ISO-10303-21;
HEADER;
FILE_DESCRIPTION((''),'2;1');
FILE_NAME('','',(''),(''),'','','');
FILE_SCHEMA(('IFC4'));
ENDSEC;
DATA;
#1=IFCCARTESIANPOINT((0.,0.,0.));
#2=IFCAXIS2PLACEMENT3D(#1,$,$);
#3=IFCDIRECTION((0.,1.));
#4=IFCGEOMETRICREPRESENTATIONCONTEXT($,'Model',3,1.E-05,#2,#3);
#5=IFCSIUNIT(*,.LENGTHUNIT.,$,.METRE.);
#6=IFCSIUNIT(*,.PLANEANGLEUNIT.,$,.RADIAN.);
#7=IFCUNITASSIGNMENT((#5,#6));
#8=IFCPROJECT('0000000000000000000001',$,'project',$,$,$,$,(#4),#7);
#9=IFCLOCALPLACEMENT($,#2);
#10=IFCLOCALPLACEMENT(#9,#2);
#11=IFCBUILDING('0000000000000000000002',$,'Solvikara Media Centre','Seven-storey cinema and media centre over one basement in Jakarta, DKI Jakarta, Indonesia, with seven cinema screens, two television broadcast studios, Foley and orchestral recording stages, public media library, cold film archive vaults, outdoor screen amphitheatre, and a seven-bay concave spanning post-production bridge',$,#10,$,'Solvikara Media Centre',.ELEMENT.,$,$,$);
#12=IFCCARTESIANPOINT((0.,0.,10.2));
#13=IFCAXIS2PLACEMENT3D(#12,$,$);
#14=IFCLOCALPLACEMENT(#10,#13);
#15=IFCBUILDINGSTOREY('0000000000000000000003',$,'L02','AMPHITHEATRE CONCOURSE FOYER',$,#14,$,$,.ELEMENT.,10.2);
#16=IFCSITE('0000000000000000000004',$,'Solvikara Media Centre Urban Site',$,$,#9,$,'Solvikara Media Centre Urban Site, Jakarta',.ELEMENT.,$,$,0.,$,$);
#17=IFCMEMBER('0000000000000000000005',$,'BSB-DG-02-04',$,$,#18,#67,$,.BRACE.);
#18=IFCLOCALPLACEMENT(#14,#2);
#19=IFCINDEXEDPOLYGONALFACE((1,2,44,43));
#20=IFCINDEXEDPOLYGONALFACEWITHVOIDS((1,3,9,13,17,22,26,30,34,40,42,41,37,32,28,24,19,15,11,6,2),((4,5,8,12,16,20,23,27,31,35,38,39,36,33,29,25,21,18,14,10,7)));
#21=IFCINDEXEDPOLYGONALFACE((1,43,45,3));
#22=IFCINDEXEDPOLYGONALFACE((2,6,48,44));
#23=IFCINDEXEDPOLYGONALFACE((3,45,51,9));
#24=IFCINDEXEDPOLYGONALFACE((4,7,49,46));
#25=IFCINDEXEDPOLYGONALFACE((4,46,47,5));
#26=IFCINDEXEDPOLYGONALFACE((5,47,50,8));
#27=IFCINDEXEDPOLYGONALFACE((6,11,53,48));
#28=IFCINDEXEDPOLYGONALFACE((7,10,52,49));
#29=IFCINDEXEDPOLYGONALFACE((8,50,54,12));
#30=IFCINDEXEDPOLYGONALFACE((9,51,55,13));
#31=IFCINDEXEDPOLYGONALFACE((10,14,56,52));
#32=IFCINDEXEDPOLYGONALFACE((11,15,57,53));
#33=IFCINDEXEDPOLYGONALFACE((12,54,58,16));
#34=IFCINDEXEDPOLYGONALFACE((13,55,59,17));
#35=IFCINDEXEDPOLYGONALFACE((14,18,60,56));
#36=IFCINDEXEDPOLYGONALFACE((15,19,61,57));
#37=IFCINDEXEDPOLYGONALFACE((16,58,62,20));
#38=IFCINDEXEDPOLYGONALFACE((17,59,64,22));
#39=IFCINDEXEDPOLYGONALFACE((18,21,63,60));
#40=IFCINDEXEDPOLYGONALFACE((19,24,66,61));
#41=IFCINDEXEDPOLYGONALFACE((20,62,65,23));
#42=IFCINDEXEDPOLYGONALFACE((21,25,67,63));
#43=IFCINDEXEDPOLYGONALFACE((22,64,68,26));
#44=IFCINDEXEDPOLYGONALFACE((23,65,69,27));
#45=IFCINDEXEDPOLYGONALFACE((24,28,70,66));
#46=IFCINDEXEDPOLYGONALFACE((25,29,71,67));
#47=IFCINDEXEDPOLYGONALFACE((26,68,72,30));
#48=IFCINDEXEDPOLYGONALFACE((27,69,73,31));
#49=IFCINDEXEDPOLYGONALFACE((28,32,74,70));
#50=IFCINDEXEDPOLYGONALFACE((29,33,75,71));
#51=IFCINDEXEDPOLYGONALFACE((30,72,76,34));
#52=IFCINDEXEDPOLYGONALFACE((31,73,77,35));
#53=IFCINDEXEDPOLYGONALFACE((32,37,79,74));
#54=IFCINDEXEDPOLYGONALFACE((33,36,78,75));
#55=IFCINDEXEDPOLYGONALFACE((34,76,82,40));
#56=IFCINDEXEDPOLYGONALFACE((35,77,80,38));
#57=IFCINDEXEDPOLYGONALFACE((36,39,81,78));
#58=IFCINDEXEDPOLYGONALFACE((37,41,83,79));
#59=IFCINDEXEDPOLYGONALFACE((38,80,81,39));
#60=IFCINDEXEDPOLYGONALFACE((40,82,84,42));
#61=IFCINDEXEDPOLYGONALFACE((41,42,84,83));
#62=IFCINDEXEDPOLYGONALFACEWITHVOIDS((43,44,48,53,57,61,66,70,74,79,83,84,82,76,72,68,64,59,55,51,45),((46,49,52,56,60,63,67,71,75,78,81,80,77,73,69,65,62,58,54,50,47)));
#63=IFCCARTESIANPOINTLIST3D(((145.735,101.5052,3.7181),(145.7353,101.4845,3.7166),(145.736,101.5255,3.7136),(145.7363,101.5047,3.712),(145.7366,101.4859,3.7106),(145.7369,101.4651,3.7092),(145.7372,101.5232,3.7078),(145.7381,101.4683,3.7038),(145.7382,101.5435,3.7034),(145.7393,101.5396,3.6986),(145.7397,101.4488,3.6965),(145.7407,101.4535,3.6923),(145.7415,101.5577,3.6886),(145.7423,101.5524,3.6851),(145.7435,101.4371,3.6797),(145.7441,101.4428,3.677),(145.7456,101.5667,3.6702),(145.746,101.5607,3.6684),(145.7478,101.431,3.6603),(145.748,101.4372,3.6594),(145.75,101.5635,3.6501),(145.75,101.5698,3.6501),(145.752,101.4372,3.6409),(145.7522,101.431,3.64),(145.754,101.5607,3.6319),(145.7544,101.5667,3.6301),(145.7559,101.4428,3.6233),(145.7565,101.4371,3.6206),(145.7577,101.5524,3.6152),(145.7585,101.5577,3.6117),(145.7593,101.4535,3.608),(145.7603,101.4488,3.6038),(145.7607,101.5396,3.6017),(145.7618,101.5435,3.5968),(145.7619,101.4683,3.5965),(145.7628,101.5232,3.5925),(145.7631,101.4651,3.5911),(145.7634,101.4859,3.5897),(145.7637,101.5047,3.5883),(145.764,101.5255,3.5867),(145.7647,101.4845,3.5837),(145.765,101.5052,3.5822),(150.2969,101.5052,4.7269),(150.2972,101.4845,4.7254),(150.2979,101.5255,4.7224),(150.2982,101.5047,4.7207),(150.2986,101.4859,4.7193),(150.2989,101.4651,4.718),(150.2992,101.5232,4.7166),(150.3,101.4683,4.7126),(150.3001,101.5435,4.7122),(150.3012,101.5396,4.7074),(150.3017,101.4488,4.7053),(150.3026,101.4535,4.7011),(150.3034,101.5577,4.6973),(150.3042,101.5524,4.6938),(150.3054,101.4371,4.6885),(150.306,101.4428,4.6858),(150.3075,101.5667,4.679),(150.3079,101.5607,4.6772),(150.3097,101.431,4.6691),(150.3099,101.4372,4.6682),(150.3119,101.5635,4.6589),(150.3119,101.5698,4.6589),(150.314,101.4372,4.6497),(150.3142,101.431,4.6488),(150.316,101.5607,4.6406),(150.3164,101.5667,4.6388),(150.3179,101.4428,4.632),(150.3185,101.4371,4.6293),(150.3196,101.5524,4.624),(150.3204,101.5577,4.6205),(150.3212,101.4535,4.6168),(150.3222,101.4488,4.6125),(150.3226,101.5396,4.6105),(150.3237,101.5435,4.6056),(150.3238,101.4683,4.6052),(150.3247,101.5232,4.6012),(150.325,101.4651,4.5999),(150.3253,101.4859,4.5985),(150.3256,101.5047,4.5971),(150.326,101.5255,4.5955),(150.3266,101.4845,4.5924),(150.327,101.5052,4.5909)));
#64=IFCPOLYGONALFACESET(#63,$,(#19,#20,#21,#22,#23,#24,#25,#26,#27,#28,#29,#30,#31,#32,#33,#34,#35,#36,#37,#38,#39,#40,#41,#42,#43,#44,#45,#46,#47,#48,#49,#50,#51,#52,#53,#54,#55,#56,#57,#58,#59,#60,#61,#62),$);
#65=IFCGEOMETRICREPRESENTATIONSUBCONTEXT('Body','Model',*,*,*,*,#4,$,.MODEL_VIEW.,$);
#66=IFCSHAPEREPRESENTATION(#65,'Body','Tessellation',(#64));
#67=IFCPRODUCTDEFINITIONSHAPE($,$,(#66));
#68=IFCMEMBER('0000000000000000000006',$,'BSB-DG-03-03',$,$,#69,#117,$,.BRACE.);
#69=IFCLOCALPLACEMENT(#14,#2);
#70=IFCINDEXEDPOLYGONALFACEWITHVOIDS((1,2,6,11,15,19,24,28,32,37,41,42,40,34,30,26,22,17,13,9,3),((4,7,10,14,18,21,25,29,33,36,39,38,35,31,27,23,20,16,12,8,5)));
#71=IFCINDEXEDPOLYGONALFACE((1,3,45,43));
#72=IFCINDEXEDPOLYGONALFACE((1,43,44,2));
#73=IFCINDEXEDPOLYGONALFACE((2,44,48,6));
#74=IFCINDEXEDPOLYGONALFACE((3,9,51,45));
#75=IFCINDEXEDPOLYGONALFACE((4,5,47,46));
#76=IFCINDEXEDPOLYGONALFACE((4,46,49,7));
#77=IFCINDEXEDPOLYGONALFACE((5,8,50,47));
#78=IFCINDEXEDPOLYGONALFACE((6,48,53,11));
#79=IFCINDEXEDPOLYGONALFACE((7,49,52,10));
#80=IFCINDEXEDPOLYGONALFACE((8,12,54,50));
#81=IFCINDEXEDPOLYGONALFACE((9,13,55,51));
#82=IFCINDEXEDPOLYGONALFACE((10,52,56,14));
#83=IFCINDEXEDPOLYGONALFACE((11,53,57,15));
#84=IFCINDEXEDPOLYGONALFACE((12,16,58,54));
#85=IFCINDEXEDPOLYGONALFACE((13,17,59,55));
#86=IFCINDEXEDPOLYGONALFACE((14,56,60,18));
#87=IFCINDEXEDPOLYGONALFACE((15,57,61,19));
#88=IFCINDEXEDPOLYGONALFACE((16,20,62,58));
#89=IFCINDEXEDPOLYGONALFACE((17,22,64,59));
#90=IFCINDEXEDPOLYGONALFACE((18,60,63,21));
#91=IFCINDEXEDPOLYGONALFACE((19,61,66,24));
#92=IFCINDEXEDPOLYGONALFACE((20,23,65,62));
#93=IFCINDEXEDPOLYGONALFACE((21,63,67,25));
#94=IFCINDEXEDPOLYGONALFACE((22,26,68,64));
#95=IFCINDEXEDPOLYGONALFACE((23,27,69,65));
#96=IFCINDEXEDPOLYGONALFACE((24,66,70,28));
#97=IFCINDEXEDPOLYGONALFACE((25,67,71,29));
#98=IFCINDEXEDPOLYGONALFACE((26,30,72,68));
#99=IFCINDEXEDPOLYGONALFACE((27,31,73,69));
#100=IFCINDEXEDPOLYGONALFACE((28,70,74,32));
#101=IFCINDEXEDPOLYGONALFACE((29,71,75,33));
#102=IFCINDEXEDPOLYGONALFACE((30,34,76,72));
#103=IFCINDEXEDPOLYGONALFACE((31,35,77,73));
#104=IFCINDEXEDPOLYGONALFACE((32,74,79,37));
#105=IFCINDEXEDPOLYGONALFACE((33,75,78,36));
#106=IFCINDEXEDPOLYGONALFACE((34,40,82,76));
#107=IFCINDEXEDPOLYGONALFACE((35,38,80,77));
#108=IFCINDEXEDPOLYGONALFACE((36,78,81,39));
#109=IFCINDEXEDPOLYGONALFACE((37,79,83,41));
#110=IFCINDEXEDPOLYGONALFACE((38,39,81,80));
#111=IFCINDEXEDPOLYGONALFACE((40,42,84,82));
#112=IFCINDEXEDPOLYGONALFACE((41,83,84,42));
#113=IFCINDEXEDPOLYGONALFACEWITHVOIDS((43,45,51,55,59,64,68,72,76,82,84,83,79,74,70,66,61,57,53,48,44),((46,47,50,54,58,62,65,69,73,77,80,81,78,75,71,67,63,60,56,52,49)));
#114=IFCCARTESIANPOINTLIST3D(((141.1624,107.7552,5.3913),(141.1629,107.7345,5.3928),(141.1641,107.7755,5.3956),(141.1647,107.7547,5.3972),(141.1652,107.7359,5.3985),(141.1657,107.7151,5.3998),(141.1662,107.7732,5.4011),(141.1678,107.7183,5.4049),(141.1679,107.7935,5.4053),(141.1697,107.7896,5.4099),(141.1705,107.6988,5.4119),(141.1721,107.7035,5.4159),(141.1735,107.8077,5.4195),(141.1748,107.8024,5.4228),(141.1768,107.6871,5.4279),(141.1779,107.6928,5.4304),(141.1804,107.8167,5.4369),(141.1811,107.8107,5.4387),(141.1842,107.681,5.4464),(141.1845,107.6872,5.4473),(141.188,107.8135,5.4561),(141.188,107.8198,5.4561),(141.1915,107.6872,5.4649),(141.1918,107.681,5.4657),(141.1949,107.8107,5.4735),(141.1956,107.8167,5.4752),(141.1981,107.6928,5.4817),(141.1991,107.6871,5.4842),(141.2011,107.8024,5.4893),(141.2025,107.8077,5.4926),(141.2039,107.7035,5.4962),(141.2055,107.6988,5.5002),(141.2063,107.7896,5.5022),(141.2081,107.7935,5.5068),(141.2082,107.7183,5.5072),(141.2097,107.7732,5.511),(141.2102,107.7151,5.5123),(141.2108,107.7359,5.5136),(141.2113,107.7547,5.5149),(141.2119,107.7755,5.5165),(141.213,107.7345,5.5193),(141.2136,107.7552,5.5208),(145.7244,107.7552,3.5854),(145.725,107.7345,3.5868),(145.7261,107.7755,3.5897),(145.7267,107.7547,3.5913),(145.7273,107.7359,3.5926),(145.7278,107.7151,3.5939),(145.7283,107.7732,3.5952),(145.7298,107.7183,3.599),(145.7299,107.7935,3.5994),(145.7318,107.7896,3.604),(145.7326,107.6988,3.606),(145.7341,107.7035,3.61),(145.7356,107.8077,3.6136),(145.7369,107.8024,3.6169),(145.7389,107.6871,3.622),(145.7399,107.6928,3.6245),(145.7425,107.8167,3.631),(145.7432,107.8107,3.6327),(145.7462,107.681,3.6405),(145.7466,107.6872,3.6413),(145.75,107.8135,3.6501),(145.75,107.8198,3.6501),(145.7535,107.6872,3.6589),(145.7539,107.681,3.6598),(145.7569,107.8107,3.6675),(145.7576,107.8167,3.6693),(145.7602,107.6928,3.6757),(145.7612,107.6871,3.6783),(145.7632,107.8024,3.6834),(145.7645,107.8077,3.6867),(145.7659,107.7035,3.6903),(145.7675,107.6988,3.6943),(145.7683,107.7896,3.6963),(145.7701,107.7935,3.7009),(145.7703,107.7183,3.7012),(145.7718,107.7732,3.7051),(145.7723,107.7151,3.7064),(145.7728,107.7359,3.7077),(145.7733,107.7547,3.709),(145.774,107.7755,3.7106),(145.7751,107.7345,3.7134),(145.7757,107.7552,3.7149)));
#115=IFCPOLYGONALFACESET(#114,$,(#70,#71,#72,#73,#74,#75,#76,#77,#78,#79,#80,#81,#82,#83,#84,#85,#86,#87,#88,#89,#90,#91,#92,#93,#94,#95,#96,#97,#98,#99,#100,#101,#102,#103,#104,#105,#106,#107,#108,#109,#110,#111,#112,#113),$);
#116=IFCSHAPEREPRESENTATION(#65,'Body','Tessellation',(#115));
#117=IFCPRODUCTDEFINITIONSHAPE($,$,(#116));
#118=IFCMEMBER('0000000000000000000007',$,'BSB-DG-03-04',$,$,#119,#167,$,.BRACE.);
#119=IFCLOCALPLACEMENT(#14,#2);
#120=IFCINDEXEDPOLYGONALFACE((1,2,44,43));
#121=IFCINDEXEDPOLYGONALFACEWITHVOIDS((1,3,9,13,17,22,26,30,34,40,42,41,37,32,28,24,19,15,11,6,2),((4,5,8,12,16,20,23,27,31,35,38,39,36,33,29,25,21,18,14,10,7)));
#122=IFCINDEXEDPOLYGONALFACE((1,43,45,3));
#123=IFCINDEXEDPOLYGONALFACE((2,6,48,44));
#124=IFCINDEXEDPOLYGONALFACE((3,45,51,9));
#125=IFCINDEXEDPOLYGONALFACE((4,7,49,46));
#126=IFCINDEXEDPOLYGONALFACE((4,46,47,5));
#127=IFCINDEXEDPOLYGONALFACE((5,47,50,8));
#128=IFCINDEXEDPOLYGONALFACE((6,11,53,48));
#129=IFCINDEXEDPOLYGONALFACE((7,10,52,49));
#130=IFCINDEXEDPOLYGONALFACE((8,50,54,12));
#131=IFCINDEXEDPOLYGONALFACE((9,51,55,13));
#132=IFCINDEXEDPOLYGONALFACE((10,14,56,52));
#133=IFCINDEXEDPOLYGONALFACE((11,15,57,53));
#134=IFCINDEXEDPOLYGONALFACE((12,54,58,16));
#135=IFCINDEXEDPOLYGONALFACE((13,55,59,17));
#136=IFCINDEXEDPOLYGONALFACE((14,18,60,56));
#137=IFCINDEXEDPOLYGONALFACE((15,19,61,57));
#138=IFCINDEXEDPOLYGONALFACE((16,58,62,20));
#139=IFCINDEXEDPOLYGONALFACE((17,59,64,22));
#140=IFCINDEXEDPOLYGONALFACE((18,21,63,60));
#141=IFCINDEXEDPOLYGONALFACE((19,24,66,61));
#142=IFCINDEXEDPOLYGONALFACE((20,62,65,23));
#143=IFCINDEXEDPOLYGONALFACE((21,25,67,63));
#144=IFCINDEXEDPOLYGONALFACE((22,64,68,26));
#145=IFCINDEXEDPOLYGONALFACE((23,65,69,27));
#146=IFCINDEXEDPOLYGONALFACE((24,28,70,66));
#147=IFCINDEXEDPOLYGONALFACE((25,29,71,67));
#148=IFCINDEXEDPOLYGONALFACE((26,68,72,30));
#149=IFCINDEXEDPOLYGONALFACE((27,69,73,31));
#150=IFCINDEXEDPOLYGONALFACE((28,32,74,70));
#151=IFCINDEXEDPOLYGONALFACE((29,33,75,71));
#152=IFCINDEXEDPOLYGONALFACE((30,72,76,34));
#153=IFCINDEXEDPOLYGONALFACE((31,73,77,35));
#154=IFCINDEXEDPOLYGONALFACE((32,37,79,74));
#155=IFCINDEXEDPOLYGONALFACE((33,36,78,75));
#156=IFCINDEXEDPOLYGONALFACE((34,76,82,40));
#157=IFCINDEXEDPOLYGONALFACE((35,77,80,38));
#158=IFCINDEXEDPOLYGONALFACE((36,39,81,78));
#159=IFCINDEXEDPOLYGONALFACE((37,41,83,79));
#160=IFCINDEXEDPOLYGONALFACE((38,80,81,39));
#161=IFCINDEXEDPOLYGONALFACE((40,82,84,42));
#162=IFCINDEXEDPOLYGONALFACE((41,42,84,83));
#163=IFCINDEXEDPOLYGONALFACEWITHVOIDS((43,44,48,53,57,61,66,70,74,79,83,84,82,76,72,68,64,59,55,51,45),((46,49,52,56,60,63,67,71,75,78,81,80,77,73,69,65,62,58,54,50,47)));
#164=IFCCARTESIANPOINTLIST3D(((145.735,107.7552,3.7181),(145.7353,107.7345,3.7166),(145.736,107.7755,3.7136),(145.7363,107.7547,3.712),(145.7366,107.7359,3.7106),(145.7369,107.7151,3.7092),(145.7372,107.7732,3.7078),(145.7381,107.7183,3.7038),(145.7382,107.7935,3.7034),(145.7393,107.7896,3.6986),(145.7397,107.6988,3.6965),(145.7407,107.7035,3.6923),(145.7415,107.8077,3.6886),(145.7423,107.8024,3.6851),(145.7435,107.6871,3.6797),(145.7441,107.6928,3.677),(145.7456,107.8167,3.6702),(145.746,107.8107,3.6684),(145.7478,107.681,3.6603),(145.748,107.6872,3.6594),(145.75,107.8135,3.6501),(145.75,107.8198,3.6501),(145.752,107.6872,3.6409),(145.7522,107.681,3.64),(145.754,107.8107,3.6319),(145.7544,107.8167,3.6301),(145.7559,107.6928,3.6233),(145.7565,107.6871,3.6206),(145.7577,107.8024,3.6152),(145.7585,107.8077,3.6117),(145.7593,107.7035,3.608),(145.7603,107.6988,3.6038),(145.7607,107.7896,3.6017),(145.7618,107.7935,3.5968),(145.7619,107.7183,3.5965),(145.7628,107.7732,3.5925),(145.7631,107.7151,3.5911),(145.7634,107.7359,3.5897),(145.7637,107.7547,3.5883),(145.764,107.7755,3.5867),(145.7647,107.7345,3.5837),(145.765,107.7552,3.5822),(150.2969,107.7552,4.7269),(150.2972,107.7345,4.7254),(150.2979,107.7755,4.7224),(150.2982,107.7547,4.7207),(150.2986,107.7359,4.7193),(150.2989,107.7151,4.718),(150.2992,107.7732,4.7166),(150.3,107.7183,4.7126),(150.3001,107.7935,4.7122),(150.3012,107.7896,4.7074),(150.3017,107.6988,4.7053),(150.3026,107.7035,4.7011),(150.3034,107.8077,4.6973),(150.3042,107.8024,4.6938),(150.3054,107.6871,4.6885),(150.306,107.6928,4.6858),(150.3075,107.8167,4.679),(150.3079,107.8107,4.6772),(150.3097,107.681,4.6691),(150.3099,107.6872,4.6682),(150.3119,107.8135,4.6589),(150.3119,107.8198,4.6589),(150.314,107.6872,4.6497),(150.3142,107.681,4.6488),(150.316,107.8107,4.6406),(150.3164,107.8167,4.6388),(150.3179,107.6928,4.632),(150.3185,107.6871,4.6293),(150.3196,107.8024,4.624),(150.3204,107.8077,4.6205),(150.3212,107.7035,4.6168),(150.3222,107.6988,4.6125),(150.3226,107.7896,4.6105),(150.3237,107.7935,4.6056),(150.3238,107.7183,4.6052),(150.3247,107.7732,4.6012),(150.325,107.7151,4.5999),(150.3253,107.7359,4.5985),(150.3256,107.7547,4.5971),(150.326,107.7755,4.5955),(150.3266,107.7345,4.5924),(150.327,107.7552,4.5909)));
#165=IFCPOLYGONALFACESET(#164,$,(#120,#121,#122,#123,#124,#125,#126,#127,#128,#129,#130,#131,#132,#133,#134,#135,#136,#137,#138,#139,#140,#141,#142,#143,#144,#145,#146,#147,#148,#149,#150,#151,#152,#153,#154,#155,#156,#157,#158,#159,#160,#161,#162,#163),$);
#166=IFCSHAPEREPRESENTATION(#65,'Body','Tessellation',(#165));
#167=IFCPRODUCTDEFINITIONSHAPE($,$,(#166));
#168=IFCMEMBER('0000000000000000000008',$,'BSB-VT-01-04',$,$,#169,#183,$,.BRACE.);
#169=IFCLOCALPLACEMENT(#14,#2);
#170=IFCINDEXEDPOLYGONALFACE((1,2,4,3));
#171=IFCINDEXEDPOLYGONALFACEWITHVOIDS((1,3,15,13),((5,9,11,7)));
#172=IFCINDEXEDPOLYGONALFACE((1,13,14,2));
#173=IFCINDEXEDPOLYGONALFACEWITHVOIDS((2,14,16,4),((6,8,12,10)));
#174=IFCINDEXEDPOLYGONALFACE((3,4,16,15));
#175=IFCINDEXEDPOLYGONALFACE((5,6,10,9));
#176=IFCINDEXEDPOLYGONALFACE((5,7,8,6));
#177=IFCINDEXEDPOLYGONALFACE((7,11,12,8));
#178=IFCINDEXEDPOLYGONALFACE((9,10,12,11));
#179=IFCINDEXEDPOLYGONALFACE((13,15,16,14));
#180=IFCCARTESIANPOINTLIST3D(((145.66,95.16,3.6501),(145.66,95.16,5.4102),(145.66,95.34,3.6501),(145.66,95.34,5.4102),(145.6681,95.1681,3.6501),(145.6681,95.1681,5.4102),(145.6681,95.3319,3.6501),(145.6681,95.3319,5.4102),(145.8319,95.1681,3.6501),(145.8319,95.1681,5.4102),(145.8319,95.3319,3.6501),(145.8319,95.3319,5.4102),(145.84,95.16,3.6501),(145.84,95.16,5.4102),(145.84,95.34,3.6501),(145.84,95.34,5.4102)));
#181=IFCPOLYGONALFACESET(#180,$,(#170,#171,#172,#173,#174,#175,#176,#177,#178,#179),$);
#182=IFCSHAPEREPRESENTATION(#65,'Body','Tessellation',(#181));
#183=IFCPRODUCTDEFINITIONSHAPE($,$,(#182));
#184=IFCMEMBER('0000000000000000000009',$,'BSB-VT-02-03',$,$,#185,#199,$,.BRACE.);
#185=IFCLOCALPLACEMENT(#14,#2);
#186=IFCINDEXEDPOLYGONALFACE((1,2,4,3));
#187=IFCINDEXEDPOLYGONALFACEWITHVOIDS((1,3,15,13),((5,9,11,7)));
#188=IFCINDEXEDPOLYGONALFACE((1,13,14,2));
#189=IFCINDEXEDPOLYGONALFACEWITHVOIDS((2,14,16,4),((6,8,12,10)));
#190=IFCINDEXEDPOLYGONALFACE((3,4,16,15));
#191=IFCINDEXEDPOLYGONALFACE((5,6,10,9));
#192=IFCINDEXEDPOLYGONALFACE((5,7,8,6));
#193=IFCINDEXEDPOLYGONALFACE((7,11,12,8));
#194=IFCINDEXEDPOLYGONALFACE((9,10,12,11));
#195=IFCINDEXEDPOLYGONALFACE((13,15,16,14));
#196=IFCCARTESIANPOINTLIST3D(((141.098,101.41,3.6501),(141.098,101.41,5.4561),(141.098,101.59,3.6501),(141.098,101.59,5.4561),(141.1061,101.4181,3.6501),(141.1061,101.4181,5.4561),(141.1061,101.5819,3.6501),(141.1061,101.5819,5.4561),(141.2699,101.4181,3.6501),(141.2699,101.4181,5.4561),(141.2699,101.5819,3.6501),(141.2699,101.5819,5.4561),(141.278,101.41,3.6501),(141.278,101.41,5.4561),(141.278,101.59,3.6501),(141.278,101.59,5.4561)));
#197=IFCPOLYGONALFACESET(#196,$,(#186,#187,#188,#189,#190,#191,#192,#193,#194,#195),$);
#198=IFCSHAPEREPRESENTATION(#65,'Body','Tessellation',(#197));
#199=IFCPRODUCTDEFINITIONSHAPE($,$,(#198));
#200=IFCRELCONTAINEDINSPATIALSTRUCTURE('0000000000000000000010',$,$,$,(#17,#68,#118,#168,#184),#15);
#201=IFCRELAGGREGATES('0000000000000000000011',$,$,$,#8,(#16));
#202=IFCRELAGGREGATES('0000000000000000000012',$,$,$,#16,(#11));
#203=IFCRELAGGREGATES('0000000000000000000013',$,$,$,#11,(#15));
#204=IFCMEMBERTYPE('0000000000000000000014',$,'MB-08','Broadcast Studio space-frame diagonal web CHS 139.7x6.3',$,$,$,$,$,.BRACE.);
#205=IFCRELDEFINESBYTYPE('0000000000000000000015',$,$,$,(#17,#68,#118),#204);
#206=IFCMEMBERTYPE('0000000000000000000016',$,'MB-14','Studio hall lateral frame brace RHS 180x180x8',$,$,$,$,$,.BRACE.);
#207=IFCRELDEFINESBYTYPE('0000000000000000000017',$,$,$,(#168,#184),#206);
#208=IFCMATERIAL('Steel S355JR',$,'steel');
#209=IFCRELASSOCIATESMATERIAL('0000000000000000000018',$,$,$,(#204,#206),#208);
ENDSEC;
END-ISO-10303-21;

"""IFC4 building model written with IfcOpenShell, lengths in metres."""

from ifc_helpers import new_model, si_unit, direction, frame, origin, origin_2d, place, context, subcontext, project, spatial, hollow_rectangle, hollow_circle, extrude, material, material_profile, profile_set, type_object, element, save


model = new_model("IFC4")

# Units and contexts
model_context = context("Model", 3, precision=1e-05, world=origin(), true_north=direction((0.0, 1.0)))
body_context = subcontext(model_context, "Body", "Model", "MODEL_VIEW")
ifc_project = project(units=[si_unit("LENGTHUNIT", "METRE"), si_unit("PLANEANGLEUNIT", "RADIAN")], contexts=[model_context])

# Site, building, storey
site_placement = place(None, origin())
site = spatial("IfcSite", under=ifc_project, at=site_placement, Name="Solvikara Media Centre Urban Site", LongName="Solvikara Media Centre Urban Site, Jakarta", CompositionType="ELEMENT", RefElevation=0.0)
building_placement = place(site_placement, origin())
building = spatial("IfcBuilding", under=site, at=building_placement, Name="Solvikara Media Centre", Description="Seven-storey cinema and media centre over one basement in Jakarta, DKI Jakarta, Indonesia, with seven cinema screens, two television broadcast studios, Foley and orchestral recording stages, public media library, cold film archive vaults, outdoor screen amphitheatre, and a seven-bay concave spanning post-production bridge", LongName="Solvikara Media Centre", CompositionType="ELEMENT")
storey_placement = place(building_placement, frame((0.0, 0.0, 10.2)))
storey = spatial("IfcBuildingStorey", under=building, at=storey_placement, Name="L02", Description="AMPHITHEATRE CONCOURSE FOYER", CompositionType="ELEMENT", Elevation=10.2)

# Members
ifc_material_1 = material(Name="Steel S355JR", Category="steel")
ifc_material_profile_1 = material_profile(ifc_material_1, hollow_circle(Radius=0.0698, WallThickness=0.0063, at=origin_2d()), Name="CHS 139.7x6.3")
ifc_profile_set_1 = profile_set([ifc_material_profile_1], Name="Steel S355JR")
member_type_1 = type_object("IfcMemberType", Name="MB-08", Description="Broadcast Studio space-frame diagonal web CHS 139.7x6.3", PredefinedType="BRACE", material=ifc_profile_set_1)
member_1_placement = place(storey_placement, frame((145.75, 101.5, 3.6501), z_axis=(0.976413, 0.0, 0.215912), x_axis=(0.0, 1.0, 0.0)))
element("IfcMember", 1, at=member_1_placement, inside=storey, type_object=member_type_1, Name="BSB-DG-02-04", PredefinedType="BRACE", context=body_context, shape_type="SweptSolid", body=[
    extrude(hollow_circle(Radius=0.0698, WallThickness=0.0063, at=origin_2d()), origin(), (0.0, 0.0, 1.0), 4.6721),
])
member_2_placement = place(storey_placement, frame((141.188, 107.75, 5.4561), z_axis=(0.929799, 0.0, -0.368068), x_axis=(0.0, 1.0, 0.0)))
element("IfcMember", 2, at=member_2_placement, inside=storey, type_object=member_type_1, Name="BSB-DG-03-03", PredefinedType="BRACE", context=body_context, shape_type="SweptSolid", body=[
    extrude(hollow_circle(Radius=0.0698, WallThickness=0.0063, at=origin_2d()), origin(), (0.0, 0.0, 1.0), 4.9065),
])
member_3_placement = place(storey_placement, frame((145.75, 107.75, 3.6501), z_axis=(0.976413, 0.0, 0.215912), x_axis=(0.0, 1.0, 0.0)))
element("IfcMember", 3, at=member_3_placement, inside=storey, type_object=member_type_1, Name="BSB-DG-03-04", PredefinedType="BRACE", context=body_context, shape_type="SweptSolid", body=[
    extrude(hollow_circle(Radius=0.0698, WallThickness=0.0063, at=origin_2d()), origin(), (0.0, 0.0, 1.0), 4.6721),
])
ifc_material_profile_2 = material_profile(ifc_material_1, hollow_rectangle(XDim=0.1799, YDim=0.1799, WallThickness=0.0081, at=origin_2d()), Name="RHS 180x180x8")
ifc_profile_set_2 = profile_set([ifc_material_profile_2], Name="Steel S355JR")
member_type_2 = type_object("IfcMemberType", Name="MB-14", Description="Studio hall lateral frame brace RHS 180x180x8", PredefinedType="BRACE", material=ifc_profile_set_2)
member_4_placement = place(storey_placement, frame((145.75, 95.25, 3.6501), z_axis=(0.0, 0.0, 1.0), x_axis=(1.0, 0.0, 0.0)))
element("IfcMember", 4, at=member_4_placement, inside=storey, type_object=member_type_2, Name="BSB-VT-01-04", PredefinedType="BRACE", context=body_context, shape_type="SweptSolid", body=[
    extrude(hollow_rectangle(XDim=0.1799, YDim=0.1799, WallThickness=0.0081, at=origin_2d()), origin(), (0.0, 0.0, 1.0), 1.76),
])
member_5_placement = place(storey_placement, frame((141.188, 101.5, 3.6501), z_axis=(0.0, 0.0, 1.0), x_axis=(1.0, 0.0, 0.0)))
element("IfcMember", 5, at=member_5_placement, inside=storey, type_object=member_type_2, Name="BSB-VT-02-03", PredefinedType="BRACE", context=body_context, shape_type="SweptSolid", body=[
    extrude(hollow_rectangle(XDim=0.1799, YDim=0.1799, WallThickness=0.0081, at=origin_2d()), origin(), (0.0, 0.0, 1.0), 1.8059),
])

save(model, "model.ifc")
